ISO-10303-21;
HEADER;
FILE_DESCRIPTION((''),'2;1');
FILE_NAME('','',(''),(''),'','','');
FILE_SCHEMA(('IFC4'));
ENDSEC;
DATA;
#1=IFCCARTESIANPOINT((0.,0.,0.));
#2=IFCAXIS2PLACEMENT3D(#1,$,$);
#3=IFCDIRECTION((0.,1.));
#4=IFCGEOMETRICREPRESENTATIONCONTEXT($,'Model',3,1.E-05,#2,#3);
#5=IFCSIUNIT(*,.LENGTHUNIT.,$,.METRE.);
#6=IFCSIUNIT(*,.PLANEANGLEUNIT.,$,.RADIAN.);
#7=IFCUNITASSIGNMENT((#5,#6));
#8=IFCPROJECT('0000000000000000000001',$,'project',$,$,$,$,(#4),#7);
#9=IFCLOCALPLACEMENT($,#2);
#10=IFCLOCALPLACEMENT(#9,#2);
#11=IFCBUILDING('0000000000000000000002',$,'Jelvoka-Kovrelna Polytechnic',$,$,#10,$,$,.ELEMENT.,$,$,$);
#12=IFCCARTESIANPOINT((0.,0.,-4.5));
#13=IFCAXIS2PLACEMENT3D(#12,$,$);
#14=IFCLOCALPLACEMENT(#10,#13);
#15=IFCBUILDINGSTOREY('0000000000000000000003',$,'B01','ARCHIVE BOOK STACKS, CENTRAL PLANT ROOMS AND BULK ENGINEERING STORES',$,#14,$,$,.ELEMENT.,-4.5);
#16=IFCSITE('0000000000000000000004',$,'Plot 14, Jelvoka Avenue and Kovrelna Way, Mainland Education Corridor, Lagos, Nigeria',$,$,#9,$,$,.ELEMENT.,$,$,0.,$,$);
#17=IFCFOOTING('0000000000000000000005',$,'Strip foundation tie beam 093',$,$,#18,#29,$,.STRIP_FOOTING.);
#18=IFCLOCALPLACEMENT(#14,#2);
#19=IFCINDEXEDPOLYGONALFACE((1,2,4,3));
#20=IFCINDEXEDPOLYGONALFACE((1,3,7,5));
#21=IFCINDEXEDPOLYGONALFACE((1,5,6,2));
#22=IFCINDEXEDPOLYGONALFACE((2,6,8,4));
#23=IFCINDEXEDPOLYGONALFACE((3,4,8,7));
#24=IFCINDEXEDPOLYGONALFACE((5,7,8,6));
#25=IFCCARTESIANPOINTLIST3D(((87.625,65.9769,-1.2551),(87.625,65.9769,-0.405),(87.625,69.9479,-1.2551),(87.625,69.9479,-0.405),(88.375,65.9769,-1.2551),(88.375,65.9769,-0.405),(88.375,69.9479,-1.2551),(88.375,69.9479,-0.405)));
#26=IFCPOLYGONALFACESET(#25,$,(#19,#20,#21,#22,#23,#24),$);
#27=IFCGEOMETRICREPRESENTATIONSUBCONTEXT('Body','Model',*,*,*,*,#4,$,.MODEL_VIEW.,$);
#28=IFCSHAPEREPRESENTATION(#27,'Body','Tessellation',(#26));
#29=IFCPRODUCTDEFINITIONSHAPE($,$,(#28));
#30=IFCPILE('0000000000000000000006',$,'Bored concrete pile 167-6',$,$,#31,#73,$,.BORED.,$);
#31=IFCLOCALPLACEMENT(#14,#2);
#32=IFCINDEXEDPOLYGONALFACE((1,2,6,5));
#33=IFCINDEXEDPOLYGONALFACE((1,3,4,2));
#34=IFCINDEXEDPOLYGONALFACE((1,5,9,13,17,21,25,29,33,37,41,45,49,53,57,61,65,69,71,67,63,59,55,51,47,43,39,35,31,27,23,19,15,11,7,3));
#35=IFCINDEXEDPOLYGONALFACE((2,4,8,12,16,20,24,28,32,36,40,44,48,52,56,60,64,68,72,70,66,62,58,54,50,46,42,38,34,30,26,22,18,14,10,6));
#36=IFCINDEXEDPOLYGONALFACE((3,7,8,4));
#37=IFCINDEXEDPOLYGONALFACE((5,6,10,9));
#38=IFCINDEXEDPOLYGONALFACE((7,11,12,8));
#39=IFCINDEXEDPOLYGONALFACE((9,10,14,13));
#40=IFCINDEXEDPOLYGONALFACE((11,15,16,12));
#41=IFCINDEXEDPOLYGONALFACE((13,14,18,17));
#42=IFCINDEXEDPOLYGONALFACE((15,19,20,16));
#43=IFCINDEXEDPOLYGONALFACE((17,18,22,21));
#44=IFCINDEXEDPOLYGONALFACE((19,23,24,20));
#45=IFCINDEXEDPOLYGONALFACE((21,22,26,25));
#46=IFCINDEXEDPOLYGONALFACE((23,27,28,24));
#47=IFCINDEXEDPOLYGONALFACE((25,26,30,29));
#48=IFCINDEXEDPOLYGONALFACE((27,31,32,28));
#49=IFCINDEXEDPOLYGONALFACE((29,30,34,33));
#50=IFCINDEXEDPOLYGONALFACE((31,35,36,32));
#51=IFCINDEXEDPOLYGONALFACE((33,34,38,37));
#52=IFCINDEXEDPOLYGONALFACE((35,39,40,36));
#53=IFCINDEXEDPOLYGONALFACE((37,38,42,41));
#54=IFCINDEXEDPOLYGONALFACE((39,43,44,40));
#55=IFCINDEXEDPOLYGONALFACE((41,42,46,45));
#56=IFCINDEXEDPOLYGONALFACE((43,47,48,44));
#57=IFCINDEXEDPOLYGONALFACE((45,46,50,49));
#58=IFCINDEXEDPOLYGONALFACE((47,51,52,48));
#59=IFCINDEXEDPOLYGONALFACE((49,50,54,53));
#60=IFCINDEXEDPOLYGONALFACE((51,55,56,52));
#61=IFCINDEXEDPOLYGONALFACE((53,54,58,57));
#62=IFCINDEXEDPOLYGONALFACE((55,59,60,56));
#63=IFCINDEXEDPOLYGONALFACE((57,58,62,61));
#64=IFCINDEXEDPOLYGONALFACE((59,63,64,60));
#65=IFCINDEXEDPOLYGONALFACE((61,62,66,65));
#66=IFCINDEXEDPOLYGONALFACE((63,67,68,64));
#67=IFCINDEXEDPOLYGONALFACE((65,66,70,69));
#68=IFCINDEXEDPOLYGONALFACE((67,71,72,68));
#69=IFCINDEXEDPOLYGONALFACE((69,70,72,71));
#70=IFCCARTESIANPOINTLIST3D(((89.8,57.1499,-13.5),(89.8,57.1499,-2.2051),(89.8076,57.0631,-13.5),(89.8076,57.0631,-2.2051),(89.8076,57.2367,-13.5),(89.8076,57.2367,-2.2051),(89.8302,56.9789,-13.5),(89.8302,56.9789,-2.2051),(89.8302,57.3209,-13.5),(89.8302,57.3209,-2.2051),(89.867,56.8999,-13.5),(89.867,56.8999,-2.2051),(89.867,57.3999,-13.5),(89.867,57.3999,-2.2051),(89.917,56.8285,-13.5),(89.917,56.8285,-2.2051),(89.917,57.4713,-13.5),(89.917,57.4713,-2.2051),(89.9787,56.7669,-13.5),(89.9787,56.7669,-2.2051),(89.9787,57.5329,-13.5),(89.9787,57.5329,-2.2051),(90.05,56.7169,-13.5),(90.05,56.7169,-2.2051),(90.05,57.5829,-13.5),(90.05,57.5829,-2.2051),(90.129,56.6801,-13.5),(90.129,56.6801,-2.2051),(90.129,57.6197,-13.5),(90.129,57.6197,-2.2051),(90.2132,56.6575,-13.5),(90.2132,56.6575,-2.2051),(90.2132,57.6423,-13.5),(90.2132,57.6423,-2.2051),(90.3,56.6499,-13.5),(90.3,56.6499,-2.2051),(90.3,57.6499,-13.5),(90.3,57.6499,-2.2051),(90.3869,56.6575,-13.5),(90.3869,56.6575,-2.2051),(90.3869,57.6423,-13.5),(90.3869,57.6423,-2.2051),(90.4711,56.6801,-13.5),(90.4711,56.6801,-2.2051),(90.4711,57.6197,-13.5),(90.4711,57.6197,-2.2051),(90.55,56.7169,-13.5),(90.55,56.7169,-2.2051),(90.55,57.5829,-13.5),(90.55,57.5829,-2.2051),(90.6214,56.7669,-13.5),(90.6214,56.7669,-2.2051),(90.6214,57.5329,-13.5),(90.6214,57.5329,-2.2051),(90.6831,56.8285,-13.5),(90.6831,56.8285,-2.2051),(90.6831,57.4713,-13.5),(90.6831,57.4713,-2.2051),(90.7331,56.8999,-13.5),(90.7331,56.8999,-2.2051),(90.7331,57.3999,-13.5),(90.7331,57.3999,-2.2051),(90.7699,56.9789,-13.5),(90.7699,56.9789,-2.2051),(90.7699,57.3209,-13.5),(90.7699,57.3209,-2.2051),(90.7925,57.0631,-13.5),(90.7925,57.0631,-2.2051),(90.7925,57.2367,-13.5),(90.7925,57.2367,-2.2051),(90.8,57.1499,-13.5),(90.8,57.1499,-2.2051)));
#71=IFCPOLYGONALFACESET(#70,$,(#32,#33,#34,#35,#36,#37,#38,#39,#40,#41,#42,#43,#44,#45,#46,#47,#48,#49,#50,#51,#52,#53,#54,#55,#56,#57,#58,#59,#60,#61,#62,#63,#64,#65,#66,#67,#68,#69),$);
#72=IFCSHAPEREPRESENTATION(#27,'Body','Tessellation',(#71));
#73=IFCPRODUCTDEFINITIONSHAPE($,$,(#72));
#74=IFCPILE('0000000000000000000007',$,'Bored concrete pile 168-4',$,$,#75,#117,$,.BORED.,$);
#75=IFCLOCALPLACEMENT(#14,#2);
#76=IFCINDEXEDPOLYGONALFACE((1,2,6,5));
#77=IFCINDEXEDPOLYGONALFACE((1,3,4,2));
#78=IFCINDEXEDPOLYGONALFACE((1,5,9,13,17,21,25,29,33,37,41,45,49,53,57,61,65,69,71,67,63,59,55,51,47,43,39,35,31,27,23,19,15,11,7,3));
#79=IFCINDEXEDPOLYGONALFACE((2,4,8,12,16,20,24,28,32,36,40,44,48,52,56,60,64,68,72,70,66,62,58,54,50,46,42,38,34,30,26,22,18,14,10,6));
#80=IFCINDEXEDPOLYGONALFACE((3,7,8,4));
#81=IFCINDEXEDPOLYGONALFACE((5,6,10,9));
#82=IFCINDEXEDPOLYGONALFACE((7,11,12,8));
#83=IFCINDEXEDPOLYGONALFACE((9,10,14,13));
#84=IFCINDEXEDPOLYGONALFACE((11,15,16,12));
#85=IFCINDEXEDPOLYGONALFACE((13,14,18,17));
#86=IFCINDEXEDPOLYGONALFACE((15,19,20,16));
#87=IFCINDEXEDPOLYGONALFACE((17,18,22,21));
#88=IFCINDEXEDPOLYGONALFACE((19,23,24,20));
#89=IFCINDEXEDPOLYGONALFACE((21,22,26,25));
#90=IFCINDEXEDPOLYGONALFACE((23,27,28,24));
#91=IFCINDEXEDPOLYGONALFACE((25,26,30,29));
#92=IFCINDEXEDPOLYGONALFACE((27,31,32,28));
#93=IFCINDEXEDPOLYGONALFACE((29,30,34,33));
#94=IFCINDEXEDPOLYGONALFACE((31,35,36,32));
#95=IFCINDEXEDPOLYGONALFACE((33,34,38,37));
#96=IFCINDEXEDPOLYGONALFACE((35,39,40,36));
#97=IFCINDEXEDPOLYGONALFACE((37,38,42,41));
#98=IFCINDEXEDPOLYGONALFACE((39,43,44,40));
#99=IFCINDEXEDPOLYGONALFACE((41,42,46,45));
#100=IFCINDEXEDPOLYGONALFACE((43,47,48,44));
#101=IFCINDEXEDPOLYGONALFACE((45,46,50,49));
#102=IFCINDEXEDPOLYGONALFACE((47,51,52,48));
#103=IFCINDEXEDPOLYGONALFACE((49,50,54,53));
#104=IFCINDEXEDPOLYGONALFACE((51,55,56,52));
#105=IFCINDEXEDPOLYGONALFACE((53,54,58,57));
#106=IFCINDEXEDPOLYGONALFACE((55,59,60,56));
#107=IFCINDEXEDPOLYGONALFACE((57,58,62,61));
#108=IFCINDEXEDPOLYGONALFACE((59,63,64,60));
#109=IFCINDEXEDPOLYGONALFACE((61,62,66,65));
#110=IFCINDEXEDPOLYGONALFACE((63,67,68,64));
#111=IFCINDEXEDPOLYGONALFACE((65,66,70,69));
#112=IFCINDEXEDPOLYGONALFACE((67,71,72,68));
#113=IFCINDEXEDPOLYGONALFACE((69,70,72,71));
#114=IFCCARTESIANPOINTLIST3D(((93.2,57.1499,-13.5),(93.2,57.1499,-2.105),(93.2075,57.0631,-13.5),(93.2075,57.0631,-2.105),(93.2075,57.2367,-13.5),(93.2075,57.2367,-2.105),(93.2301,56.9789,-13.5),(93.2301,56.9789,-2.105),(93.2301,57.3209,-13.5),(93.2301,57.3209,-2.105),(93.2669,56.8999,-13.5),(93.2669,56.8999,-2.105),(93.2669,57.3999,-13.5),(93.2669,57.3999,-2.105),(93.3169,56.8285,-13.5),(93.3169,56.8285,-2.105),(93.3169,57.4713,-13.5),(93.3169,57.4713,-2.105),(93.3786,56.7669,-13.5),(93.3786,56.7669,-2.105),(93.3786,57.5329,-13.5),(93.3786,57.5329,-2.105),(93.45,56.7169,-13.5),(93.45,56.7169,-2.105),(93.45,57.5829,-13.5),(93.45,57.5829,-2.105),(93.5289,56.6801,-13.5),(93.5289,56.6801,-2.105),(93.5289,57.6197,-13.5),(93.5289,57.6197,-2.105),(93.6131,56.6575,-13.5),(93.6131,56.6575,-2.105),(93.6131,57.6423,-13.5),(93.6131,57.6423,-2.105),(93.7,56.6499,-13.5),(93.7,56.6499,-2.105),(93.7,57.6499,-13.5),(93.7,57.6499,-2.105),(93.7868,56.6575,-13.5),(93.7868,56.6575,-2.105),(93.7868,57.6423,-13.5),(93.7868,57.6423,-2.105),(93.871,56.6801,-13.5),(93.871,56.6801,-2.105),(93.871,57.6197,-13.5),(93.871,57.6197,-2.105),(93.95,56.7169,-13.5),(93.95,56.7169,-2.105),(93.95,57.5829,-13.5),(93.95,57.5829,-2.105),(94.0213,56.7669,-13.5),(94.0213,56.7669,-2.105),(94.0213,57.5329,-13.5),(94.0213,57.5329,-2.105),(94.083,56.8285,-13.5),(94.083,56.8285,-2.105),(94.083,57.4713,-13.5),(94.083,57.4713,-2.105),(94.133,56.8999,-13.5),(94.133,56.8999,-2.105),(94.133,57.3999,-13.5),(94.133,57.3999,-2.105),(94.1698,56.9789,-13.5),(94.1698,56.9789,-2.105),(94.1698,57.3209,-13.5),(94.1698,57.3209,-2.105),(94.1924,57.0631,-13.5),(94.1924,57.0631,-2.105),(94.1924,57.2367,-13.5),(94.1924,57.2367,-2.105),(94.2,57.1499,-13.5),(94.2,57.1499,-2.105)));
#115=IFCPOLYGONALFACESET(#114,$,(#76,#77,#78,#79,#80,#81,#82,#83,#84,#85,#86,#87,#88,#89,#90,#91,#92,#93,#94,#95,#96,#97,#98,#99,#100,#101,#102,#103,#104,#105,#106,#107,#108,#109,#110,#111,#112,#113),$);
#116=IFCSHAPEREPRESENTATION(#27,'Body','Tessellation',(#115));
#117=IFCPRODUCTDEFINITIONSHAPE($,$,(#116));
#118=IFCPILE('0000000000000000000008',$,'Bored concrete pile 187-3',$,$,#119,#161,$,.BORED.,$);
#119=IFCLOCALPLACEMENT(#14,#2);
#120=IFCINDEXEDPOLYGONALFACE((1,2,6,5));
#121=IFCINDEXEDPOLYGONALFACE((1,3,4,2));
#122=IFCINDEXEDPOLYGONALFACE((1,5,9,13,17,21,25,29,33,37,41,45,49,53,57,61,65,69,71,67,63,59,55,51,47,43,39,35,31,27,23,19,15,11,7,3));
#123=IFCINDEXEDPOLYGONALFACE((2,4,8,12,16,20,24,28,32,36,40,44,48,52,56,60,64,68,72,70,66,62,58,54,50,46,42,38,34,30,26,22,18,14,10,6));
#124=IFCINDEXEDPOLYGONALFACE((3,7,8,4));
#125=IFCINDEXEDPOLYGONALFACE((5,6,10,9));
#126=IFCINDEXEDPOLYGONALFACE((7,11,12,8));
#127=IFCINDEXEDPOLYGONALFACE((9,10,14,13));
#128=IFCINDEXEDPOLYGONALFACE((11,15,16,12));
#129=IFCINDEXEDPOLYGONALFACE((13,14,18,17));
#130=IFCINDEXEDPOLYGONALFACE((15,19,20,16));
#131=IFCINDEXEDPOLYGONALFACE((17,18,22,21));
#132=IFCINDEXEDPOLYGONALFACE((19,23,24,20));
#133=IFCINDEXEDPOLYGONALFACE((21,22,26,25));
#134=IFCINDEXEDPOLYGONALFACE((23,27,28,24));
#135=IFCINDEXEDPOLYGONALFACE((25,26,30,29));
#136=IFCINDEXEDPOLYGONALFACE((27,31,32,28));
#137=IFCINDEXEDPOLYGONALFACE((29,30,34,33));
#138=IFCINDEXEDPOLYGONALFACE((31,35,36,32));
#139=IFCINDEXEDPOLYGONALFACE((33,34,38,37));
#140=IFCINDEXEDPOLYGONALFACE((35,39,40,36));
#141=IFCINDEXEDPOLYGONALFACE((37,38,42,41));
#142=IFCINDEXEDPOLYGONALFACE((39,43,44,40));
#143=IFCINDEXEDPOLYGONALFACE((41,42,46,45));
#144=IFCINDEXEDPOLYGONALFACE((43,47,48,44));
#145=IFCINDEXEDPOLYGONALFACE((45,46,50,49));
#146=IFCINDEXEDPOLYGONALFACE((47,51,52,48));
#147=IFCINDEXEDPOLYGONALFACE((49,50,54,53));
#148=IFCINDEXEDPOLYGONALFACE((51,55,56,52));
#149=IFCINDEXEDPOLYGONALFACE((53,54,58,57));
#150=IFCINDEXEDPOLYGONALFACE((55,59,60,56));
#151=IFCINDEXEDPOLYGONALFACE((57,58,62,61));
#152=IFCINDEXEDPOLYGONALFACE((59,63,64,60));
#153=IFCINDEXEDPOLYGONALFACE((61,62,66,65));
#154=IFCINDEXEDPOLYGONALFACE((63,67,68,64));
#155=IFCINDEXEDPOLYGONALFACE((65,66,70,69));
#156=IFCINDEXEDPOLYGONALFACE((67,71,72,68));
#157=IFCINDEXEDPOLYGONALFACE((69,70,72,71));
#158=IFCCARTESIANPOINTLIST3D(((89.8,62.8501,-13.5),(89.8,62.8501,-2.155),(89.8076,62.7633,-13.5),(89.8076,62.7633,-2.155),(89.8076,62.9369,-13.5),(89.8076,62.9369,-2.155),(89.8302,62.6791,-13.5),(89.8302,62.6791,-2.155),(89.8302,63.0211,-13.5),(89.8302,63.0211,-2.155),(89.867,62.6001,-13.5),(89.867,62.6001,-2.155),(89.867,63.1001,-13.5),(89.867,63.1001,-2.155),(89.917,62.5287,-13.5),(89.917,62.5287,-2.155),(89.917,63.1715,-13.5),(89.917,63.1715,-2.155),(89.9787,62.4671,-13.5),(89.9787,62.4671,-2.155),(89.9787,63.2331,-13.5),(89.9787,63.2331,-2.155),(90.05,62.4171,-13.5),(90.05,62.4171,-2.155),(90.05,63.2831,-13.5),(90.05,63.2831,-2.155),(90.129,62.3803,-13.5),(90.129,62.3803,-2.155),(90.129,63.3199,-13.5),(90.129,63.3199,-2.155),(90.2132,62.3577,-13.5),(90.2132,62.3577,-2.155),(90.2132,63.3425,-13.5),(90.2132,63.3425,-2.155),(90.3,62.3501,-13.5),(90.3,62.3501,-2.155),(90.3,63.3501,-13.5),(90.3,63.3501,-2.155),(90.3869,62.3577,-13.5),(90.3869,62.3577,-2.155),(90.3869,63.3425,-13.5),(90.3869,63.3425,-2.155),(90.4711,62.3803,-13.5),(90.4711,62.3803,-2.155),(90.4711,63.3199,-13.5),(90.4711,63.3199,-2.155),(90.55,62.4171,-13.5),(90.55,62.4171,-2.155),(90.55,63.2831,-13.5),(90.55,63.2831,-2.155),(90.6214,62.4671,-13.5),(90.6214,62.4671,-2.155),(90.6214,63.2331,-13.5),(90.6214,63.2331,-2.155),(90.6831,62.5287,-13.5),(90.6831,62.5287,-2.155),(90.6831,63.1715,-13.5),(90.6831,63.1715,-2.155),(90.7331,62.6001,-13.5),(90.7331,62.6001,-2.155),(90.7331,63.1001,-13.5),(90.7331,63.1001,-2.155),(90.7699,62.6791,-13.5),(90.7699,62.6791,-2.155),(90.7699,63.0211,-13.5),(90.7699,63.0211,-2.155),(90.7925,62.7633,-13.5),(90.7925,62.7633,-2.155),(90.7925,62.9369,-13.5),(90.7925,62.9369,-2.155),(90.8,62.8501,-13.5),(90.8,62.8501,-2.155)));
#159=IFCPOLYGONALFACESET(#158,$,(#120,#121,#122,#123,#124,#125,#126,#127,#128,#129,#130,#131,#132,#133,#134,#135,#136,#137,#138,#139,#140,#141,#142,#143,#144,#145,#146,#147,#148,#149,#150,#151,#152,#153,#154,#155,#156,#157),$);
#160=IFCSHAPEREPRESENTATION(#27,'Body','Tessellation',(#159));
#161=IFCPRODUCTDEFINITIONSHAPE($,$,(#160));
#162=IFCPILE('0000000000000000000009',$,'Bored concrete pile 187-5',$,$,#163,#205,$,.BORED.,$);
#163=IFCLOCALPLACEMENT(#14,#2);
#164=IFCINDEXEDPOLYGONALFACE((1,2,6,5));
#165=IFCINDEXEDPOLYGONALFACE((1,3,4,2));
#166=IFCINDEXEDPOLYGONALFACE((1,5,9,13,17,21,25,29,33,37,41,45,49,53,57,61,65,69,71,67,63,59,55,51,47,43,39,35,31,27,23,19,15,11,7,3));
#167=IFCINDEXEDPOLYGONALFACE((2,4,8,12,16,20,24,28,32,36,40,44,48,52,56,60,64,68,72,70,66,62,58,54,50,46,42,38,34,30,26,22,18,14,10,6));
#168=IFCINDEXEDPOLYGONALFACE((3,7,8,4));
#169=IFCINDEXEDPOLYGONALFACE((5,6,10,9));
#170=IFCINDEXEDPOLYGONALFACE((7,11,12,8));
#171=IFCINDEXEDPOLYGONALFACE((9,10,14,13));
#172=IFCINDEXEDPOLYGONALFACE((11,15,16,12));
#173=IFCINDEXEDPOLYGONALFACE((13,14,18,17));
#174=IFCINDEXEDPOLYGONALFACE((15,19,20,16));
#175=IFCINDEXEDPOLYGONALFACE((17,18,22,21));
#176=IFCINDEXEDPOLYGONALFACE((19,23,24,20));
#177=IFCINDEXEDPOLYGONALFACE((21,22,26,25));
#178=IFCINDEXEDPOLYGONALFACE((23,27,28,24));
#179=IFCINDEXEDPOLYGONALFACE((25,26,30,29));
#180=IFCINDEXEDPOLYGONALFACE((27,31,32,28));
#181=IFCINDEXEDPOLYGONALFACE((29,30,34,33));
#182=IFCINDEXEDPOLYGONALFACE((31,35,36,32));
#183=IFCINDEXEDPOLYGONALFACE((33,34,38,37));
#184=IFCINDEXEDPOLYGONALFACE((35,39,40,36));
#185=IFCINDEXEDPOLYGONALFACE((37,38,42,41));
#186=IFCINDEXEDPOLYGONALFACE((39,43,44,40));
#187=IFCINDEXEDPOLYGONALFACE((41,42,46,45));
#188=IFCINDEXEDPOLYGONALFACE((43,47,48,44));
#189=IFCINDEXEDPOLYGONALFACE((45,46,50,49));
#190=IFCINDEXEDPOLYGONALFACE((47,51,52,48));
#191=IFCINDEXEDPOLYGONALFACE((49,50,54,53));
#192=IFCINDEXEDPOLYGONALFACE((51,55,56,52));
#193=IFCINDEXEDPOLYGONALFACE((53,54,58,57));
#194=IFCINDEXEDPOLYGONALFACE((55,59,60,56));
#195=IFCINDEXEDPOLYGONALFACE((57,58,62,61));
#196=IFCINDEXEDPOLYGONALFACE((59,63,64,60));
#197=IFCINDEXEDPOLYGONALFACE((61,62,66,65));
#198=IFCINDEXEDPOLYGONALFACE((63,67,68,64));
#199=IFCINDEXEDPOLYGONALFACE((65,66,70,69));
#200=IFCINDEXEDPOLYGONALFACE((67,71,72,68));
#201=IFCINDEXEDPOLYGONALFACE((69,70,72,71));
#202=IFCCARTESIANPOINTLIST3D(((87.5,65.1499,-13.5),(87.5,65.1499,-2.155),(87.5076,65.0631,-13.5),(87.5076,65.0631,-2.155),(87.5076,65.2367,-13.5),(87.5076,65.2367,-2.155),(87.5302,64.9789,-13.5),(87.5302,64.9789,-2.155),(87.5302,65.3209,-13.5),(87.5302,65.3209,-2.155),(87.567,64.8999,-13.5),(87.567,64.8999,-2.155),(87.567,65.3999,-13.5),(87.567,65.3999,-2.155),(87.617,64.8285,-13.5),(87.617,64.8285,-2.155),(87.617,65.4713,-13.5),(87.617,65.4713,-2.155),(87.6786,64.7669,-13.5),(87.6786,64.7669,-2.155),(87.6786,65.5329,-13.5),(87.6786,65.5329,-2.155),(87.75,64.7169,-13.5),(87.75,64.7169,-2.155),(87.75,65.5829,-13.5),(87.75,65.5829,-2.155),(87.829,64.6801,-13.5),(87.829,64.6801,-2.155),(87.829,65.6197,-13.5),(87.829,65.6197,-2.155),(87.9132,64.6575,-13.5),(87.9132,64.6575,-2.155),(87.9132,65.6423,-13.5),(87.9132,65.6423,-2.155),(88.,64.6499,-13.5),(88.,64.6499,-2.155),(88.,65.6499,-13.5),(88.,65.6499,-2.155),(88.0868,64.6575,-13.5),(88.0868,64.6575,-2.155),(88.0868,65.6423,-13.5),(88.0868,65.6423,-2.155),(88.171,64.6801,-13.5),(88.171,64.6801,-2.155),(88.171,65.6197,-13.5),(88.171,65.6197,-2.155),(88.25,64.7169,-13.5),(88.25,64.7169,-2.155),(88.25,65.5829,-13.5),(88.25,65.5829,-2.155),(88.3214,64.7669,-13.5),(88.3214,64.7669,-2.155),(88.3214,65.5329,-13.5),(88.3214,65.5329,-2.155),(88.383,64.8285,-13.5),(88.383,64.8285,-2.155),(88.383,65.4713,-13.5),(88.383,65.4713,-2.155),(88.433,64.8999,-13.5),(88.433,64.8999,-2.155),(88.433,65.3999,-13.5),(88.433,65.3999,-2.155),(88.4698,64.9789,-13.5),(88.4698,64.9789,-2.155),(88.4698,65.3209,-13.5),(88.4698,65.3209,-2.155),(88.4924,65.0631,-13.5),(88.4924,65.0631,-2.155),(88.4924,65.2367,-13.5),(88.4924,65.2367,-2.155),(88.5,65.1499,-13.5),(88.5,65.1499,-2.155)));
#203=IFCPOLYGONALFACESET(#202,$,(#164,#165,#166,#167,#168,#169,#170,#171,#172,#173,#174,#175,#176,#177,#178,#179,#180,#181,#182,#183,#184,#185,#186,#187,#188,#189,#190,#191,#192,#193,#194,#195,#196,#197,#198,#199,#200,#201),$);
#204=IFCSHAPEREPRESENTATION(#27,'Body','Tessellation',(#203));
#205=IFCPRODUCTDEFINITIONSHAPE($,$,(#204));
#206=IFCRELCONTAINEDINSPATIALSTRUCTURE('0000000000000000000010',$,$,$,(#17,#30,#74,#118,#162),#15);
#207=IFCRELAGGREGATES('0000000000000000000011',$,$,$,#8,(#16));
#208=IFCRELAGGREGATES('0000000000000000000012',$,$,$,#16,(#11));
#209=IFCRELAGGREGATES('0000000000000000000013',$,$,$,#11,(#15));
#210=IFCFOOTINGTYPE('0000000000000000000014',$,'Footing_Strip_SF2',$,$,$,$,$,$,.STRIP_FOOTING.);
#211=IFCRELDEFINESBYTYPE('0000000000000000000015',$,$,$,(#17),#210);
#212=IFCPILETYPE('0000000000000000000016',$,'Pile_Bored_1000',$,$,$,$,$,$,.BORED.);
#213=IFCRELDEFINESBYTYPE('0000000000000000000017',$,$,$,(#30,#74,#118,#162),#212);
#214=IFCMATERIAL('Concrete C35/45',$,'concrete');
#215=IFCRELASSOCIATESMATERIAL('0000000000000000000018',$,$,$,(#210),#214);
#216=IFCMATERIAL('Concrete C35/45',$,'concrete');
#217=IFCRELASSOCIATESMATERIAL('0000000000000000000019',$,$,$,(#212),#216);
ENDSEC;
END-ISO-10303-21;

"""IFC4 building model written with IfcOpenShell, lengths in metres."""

from ifc_helpers import new_model, si_unit, direction, frame, origin, origin_2d, place, context, subcontext, project, spatial, rectangle, circle, extrude, material, material_profile, profile_set, type_object, element, save


model = new_model("IFC4")

# Units and contexts
model_context = context("Model", 3, precision=1e-05, world=origin(), true_north=direction((0.0, 1.0)))
body_context = subcontext(model_context, "Body", "Model", "MODEL_VIEW")
ifc_project = project(units=[si_unit("LENGTHUNIT", "METRE"), si_unit("PLANEANGLEUNIT", "RADIAN")], contexts=[model_context])

# Site, building, storey
site_placement = place(None, origin())
site = spatial("IfcSite", under=ifc_project, at=site_placement, Name="Plot 14, Jelvoka Avenue and Kovrelna Way, Mainland Education Corridor, Lagos, Nigeria", CompositionType="ELEMENT", RefElevation=0.0)
building_placement = place(site_placement, origin())
building = spatial("IfcBuilding", under=site, at=building_placement, Name="Jelvoka-Kovrelna Polytechnic", CompositionType="ELEMENT")
storey_placement = place(building_placement, frame((0.0, 0.0, -4.5)))
storey = spatial("IfcBuildingStorey", under=building, at=storey_placement, Name="B01", Description="ARCHIVE BOOK STACKS, CENTRAL PLANT ROOMS AND BULK ENGINEERING STORES", CompositionType="ELEMENT", Elevation=-4.5)

# Footing
ifc_material_1 = material(Name="Concrete C35/45", Category="concrete")
footing_type = type_object("IfcFootingType", Name="Footing_Strip_SF2", PredefinedType="STRIP_FOOTING", material=ifc_material_1)
footing_placement = place(storey_placement, frame((88.0, 67.9624, -1.2551), z_axis=(0.0, 0.0, 1.0), x_axis=(0.0, 1.0, 0.0)))
element("IfcFooting", 1, at=footing_placement, inside=storey, type_object=footing_type, Name="Strip foundation tie beam 093", PredefinedType="STRIP_FOOTING", context=body_context, shape_type="SweptSolid", body=[
    extrude(rectangle(XDim=3.9709, YDim=0.75, at=origin_2d()), origin(), (0.0, 0.0, 1.0), 0.8501),
])

# Piles
ifc_material_2 = material(Name="Concrete C35/45", Category="concrete")
ifc_material_profile_1 = material_profile(ifc_material_2, circle(Radius=0.5, at=origin_2d()), Name="PILE D1000")
ifc_profile_set_1 = profile_set([ifc_material_profile_1], Name="Concrete C35/45")
pile_type = type_object("IfcPileType", Name="Pile_Bored_1000", PredefinedType="BORED", material=ifc_profile_set_1)
pile_1_placement = place(storey_placement, frame((90.3, 57.1499, -2.2051), z_axis=(0.0, 0.0, -1.0), x_axis=(1.0, 0.0, 0.0)))
element("IfcPile", 2, at=pile_1_placement, inside=storey, type_object=pile_type, Name="Bored concrete pile 167-6", PredefinedType="BORED", context=body_context, shape_type="SweptSolid", body=[
    extrude(circle(Radius=0.5, at=origin_2d()), origin(), (0.0, 0.0, 1.0), 11.2949),
])
pile_2_placement = place(storey_placement, frame((93.7, 57.1499, -2.105), z_axis=(0.0, 0.0, -1.0), x_axis=(1.0, 0.0, 0.0)))
element("IfcPile", 3, at=pile_2_placement, inside=storey, type_object=pile_type, Name="Bored concrete pile 168-4", PredefinedType="BORED", context=body_context, shape_type="SweptSolid", body=[
    extrude(circle(Radius=0.5, at=origin_2d()), origin(), (0.0, 0.0, 1.0), 11.395),
])
for number, where, z_axis, x_axis, name in (
    (4, (90.3, 62.8501, -2.155), (0.0, 0.0, -1.0), (1.0, 0.0, 0.0), "Bored concrete pile 187-3"),
    (5, (88.0, 65.1499, -2.155), (0.0, 0.0, -1.0), (1.0, 0.0, 0.0), "Bored concrete pile 187-5"),
):
    element("IfcPile", number, at=place(storey_placement, frame(where, z_axis=z_axis, x_axis=x_axis)), inside=storey, type_object=pile_type, Name=name, PredefinedType="BORED", context=body_context, shape_type="SweptSolid", body=[
        extrude(circle(Radius=0.5, at=origin_2d()), origin(), (0.0, 0.0, 1.0), 11.345),
    ])

save(model, "model.ifc")
